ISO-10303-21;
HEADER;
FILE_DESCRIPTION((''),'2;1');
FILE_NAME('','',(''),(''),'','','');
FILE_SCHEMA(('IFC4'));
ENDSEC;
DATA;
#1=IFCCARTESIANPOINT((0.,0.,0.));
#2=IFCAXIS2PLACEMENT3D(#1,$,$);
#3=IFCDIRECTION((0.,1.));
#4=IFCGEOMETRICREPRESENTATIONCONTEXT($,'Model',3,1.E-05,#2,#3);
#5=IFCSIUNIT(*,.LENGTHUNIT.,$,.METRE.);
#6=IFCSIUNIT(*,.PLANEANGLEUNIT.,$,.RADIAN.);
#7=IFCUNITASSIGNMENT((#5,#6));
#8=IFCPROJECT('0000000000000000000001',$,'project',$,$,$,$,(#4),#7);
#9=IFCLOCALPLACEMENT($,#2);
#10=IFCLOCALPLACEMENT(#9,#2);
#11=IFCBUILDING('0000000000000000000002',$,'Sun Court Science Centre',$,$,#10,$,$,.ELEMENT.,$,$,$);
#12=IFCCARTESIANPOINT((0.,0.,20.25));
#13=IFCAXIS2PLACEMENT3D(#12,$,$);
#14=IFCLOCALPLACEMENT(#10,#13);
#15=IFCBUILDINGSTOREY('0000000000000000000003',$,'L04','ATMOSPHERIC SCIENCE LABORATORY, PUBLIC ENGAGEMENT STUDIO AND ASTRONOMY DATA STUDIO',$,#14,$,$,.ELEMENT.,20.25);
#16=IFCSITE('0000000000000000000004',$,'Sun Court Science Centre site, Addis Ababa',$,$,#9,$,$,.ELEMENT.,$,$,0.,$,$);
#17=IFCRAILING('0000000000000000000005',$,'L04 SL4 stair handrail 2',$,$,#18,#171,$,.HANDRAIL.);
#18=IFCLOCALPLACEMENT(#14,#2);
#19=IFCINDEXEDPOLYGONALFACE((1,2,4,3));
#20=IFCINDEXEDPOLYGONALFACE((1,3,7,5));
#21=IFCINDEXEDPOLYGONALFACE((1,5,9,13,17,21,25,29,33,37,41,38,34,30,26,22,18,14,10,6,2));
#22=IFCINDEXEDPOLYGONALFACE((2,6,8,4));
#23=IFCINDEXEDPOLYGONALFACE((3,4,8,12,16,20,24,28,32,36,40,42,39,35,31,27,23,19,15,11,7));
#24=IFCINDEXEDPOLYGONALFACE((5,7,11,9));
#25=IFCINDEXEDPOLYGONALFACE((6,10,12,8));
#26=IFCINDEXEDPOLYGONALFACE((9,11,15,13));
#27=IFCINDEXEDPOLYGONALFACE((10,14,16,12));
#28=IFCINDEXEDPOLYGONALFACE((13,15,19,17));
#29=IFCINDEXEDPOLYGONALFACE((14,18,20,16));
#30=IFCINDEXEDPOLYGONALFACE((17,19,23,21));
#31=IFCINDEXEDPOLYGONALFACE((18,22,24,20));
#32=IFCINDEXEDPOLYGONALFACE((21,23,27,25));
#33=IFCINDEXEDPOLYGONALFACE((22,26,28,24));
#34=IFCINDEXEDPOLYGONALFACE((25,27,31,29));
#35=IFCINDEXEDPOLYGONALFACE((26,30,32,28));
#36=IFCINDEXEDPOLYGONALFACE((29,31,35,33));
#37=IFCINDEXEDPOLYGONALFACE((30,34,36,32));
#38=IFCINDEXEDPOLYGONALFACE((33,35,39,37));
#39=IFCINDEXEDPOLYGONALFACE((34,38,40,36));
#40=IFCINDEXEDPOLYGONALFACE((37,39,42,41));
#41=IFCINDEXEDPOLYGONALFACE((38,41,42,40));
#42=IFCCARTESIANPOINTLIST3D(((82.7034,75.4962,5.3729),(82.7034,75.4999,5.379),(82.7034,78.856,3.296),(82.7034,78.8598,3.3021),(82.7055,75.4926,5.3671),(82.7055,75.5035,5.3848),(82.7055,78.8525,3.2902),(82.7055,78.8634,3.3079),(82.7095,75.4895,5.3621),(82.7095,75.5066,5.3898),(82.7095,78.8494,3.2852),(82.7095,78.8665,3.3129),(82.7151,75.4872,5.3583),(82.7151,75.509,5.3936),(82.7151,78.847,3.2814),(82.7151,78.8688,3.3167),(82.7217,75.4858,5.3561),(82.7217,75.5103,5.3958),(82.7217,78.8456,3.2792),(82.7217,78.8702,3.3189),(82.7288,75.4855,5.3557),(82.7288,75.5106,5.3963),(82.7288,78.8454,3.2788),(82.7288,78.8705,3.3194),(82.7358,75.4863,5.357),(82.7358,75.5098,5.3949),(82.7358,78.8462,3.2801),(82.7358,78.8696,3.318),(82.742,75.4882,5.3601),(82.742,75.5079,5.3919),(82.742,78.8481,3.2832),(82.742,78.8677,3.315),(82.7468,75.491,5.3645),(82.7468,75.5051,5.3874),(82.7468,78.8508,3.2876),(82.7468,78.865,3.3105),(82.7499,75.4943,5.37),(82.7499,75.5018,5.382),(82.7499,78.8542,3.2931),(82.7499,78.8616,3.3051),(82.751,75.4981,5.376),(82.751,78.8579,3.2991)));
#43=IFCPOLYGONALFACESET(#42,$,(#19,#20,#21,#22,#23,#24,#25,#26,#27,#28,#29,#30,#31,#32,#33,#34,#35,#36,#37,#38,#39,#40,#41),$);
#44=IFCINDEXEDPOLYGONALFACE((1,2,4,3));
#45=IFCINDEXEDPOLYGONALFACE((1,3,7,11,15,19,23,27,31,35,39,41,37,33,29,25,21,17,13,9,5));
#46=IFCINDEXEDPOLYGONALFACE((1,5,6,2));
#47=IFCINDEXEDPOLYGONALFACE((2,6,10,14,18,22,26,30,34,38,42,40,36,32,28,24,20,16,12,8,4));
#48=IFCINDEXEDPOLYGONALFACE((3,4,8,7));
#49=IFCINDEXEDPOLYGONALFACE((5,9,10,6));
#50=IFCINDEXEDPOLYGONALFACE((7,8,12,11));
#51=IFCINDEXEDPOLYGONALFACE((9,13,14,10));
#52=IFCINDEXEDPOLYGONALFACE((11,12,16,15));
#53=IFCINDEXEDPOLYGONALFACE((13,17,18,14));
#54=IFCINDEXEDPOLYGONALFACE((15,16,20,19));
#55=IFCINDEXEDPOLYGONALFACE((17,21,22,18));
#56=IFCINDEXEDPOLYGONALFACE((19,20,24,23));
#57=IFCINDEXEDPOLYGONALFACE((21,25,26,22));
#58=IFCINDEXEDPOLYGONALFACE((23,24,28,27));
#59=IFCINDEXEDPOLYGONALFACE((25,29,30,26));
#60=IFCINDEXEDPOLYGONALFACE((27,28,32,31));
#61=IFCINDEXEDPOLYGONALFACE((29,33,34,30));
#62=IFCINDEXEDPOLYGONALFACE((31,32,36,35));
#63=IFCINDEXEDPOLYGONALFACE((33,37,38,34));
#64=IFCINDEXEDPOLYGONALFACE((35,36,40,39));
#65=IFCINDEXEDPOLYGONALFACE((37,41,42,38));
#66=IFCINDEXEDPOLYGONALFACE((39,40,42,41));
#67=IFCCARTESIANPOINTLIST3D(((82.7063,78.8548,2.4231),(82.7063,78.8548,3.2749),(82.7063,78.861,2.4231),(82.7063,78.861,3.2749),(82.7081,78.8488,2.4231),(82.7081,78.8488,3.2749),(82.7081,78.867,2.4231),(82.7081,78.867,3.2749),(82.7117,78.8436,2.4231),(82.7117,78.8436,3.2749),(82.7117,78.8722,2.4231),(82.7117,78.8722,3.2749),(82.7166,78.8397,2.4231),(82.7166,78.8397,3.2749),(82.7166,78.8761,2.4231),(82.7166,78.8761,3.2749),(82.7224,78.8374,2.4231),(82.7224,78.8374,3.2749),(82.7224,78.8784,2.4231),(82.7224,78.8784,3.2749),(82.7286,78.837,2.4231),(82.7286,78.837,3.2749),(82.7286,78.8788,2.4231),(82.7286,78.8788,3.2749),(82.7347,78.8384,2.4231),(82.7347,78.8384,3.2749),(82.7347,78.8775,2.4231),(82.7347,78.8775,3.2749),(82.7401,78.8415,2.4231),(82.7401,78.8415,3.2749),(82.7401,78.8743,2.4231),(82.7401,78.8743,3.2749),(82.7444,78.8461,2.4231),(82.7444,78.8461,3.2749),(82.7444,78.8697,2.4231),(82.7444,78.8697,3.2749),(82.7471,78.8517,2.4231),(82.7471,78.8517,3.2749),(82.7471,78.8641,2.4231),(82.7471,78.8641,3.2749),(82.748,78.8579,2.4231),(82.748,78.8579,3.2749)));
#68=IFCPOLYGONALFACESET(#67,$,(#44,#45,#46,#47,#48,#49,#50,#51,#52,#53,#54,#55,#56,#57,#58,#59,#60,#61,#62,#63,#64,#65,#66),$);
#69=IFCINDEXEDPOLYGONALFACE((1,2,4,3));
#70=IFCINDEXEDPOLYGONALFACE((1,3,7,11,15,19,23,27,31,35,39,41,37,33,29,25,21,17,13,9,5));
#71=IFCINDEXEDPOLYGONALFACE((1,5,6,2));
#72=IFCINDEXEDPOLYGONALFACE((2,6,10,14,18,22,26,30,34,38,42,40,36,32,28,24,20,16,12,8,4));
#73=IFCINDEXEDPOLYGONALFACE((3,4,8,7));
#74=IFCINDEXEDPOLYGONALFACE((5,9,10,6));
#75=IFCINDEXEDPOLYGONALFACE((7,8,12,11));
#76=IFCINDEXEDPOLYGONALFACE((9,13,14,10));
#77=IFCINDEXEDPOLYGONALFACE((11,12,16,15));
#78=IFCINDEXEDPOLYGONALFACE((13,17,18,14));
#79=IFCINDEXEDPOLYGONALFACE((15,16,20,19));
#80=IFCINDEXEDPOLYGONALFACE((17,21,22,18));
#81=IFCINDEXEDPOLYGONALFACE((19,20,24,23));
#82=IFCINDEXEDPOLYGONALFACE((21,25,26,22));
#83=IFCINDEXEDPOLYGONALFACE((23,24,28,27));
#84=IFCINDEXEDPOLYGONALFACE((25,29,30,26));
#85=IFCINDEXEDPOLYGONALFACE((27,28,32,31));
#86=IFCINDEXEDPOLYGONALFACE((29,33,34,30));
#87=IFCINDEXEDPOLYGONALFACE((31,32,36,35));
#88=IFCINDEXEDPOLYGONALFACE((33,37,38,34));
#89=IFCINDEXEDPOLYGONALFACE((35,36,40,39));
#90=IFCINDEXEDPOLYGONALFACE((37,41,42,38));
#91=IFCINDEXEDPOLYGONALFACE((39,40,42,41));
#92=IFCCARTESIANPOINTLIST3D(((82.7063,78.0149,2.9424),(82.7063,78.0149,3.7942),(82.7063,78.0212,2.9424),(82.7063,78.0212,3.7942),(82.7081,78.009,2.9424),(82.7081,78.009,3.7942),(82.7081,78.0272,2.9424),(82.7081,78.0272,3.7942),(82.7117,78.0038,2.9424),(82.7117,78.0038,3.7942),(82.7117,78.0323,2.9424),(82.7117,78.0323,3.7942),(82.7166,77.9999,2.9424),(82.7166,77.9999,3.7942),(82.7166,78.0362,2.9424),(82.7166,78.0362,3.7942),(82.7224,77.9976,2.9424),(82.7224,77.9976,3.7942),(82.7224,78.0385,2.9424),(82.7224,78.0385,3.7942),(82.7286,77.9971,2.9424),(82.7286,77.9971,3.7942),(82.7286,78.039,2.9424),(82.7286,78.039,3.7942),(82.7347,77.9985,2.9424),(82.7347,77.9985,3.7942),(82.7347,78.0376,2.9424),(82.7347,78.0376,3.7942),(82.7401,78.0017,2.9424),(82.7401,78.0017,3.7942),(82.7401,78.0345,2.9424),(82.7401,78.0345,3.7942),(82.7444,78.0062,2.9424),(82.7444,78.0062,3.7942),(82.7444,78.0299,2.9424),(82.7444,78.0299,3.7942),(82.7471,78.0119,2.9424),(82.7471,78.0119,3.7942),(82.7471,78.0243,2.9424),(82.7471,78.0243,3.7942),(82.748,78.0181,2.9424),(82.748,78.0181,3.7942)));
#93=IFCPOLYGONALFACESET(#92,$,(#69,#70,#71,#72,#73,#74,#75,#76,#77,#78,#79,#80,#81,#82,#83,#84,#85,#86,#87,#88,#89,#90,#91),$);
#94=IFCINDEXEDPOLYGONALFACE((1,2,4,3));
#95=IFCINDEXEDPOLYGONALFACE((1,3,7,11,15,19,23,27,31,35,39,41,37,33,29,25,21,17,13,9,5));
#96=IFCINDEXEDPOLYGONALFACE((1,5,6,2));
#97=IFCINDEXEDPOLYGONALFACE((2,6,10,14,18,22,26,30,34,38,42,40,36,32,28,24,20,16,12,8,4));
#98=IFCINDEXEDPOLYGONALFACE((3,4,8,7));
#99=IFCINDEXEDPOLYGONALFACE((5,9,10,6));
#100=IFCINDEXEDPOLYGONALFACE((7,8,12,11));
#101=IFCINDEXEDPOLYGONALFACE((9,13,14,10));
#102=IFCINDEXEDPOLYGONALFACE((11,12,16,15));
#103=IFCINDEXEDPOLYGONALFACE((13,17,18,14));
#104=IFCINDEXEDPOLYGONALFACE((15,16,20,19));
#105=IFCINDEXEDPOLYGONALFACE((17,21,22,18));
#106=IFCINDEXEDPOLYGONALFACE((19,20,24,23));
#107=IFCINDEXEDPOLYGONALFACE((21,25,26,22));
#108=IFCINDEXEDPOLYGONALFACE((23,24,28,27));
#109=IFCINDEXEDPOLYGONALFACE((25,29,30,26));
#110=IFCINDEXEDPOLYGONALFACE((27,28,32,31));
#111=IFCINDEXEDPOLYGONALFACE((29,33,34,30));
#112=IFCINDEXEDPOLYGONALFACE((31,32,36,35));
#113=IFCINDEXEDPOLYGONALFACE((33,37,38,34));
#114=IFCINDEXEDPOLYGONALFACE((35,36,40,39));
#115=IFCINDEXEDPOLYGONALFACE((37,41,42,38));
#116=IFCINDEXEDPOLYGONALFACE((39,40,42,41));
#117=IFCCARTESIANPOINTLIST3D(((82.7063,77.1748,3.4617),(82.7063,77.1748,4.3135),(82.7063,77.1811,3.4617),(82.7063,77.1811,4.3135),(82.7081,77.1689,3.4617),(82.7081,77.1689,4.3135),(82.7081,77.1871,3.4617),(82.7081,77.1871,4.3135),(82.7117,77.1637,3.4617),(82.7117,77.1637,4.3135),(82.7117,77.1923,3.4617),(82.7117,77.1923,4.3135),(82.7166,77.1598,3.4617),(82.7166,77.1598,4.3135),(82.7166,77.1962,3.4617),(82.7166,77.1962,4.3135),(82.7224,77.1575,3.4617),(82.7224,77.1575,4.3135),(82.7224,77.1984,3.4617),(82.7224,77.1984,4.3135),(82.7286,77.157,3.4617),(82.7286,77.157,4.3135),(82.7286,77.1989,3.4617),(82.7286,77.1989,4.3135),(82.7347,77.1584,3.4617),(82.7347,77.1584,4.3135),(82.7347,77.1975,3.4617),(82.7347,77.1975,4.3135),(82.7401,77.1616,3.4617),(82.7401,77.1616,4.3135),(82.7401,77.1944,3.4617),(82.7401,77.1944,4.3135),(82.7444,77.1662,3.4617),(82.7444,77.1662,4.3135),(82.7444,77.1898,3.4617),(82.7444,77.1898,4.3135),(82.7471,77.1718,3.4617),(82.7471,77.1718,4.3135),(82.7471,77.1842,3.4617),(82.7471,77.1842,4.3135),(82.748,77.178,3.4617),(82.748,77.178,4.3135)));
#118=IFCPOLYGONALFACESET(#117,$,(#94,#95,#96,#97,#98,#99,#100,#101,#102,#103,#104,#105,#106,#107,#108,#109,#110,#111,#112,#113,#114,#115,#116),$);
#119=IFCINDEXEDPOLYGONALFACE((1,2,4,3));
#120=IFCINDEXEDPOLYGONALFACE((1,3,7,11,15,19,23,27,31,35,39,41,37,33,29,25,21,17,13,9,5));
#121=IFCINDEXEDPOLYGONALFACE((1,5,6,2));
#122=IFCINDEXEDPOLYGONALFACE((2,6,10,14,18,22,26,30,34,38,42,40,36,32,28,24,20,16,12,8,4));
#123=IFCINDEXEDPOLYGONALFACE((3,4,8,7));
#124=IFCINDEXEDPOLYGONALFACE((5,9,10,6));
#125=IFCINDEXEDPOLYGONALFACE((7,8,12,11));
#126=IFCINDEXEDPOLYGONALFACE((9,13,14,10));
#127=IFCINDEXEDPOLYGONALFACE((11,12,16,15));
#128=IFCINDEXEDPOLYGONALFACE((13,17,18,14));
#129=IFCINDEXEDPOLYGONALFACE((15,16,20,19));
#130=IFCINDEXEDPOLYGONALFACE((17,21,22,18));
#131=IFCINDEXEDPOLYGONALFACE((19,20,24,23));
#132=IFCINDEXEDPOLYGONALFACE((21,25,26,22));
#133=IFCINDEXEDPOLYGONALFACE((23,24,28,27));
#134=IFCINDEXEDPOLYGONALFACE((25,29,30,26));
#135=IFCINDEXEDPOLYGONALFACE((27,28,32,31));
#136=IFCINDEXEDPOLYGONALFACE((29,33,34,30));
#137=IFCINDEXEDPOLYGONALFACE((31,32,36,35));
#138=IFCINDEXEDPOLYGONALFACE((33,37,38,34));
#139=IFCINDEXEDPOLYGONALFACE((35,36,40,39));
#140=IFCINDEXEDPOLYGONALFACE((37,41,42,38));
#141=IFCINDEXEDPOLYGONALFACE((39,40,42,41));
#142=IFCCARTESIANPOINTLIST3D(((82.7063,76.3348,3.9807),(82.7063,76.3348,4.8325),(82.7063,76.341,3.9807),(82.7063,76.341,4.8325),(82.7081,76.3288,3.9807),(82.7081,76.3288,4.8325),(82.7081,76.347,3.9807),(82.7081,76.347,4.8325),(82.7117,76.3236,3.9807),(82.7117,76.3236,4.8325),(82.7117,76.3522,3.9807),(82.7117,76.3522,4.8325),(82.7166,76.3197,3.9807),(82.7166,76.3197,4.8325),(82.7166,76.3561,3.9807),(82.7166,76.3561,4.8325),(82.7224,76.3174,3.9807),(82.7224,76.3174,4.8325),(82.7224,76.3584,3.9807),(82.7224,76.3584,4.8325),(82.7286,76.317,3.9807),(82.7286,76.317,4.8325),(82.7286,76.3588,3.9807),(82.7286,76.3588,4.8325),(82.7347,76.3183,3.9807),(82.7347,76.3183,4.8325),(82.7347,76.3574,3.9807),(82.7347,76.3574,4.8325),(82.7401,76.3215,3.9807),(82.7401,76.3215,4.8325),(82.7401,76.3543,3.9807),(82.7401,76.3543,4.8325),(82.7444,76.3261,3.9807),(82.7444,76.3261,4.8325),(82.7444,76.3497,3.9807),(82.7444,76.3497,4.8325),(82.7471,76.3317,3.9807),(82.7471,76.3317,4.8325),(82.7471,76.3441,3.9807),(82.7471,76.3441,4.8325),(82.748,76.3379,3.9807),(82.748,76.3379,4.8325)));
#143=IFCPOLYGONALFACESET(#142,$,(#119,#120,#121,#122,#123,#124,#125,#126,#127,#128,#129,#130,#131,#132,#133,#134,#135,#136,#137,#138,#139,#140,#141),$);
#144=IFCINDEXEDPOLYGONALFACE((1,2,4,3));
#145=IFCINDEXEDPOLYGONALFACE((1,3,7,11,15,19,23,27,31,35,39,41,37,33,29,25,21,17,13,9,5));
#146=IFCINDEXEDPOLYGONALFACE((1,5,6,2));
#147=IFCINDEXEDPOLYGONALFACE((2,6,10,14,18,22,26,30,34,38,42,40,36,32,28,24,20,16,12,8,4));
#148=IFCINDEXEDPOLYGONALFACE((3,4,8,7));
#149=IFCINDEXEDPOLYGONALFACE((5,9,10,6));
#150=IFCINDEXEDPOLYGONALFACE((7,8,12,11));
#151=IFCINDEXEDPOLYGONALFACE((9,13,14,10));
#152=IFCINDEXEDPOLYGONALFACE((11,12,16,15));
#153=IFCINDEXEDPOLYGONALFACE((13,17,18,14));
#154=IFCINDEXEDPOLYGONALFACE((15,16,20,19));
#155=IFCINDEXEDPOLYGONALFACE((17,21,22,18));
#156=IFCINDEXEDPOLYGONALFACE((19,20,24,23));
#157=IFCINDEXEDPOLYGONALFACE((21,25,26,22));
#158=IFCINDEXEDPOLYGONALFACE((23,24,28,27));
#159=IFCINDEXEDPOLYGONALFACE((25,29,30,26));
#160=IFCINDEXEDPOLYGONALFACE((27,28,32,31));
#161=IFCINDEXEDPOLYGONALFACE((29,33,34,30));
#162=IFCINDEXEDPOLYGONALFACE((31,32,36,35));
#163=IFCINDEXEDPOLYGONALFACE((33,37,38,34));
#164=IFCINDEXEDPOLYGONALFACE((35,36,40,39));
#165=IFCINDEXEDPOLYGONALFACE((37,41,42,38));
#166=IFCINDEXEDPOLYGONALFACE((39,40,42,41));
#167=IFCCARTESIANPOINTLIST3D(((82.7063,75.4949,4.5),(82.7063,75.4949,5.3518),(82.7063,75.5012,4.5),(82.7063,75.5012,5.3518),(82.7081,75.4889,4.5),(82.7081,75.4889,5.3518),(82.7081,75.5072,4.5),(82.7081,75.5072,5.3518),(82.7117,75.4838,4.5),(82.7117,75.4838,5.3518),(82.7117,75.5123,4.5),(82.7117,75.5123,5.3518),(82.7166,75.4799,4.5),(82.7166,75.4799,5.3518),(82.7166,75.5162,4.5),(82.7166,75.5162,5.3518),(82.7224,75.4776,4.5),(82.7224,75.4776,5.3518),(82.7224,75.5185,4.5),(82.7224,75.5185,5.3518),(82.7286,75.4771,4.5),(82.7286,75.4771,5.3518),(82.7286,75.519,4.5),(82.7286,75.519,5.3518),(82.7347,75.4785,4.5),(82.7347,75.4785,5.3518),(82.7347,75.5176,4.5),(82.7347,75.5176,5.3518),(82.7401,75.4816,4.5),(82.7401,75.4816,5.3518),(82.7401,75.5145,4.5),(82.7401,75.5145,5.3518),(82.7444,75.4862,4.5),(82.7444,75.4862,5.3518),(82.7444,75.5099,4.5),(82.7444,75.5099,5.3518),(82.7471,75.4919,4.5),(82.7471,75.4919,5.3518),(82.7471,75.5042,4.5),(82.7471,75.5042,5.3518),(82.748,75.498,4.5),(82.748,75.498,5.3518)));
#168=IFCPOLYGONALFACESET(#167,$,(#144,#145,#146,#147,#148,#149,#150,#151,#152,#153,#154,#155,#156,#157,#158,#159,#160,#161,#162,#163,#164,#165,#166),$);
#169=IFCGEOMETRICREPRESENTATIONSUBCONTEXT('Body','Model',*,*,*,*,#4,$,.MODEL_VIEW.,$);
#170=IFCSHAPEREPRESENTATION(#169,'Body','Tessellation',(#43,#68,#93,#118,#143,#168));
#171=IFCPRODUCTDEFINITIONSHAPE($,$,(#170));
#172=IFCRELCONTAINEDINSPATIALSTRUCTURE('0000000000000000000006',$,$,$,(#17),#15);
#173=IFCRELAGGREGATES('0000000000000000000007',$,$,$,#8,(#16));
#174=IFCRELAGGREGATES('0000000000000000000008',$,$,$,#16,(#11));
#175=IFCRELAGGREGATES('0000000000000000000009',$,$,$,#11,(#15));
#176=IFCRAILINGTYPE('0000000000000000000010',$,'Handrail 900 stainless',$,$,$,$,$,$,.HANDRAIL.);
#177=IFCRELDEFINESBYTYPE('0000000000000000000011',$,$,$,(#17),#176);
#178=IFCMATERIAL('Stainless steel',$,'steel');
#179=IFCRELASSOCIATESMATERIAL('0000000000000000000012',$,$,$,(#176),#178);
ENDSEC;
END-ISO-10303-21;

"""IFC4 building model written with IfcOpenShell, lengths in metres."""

from ifc_helpers import new_model, si_unit, direction, frame, origin, origin_2d, place, context, subcontext, project, spatial, circle, extrude, material, type_object, element, save


model = new_model("IFC4")

# Units and contexts
model_context = context("Model", 3, precision=1e-05, world=origin(), true_north=direction((0.0, 1.0)))
body_context = subcontext(model_context, "Body", "Model", "MODEL_VIEW")
ifc_project = project(units=[si_unit("LENGTHUNIT", "METRE"), si_unit("PLANEANGLEUNIT", "RADIAN")], contexts=[model_context])

# Site, building, storey
site_placement = place(None, origin())
site = spatial("IfcSite", under=ifc_project, at=site_placement, Name="Sun Court Science Centre site, Addis Ababa", CompositionType="ELEMENT", RefElevation=0.0)
building_placement = place(site_placement, origin())
building = spatial("IfcBuilding", under=site, at=building_placement, Name="Sun Court Science Centre", CompositionType="ELEMENT")
storey_placement = place(building_placement, frame((0.0, 0.0, 20.25)))
storey = spatial("IfcBuildingStorey", under=building, at=storey_placement, Name="L04", Description="ATMOSPHERIC SCIENCE LABORATORY, PUBLIC ENGAGEMENT STUDIO AND ASTRONOMY DATA STUDIO", CompositionType="ELEMENT", Elevation=20.25)

# Railing
ifc_material_1 = material(Name="Stainless steel", Category="steel")
railing_type_1 = type_object("IfcRailingType", Name="Handrail 900 stainless", PredefinedType="HANDRAIL", material=ifc_material_1)
railing_1_placement = place(storey_placement, frame((82.7271, 78.8579, 2.4231)))
element("IfcRailing", 1, at=railing_1_placement, inside=storey, type_object=railing_type_1, Name="L04 SL4 stair handrail 2", PredefinedType="HANDRAIL", context=body_context, shape_type="SweptSolid", body=[
    extrude(circle(Radius=0.0239, at=origin_2d()), frame((0.0, 0.0, 0.876), z_axis=(0.0, -0.850606, 0.525803), x_axis=(1.0, 0.0, 0.0)), (0.0, 0.0, 1.0), 3.95),
    extrude(circle(Radius=0.021, at=origin_2d()), origin(), (0.0, 0.0, 1.0), 0.8518),
    extrude(circle(Radius=0.021, at=origin_2d()), frame((0.0, -0.8398, 0.5193)), (0.0, 0.0, 1.0), 0.8518),
    extrude(circle(Radius=0.021, at=origin_2d()), frame((0.0, -1.6799, 1.0386)), (0.0, 0.0, 1.0), 0.8518),
    extrude(circle(Radius=0.021, at=origin_2d()), frame((0.0, -2.52, 1.5576)), (0.0, 0.0, 1.0), 0.8518),
    extrude(circle(Radius=0.021, at=origin_2d()), frame((0.0, -3.3599, 2.0769)), (0.0, 0.0, 1.0), 0.8518),
])

save(model, "model.ifc")
